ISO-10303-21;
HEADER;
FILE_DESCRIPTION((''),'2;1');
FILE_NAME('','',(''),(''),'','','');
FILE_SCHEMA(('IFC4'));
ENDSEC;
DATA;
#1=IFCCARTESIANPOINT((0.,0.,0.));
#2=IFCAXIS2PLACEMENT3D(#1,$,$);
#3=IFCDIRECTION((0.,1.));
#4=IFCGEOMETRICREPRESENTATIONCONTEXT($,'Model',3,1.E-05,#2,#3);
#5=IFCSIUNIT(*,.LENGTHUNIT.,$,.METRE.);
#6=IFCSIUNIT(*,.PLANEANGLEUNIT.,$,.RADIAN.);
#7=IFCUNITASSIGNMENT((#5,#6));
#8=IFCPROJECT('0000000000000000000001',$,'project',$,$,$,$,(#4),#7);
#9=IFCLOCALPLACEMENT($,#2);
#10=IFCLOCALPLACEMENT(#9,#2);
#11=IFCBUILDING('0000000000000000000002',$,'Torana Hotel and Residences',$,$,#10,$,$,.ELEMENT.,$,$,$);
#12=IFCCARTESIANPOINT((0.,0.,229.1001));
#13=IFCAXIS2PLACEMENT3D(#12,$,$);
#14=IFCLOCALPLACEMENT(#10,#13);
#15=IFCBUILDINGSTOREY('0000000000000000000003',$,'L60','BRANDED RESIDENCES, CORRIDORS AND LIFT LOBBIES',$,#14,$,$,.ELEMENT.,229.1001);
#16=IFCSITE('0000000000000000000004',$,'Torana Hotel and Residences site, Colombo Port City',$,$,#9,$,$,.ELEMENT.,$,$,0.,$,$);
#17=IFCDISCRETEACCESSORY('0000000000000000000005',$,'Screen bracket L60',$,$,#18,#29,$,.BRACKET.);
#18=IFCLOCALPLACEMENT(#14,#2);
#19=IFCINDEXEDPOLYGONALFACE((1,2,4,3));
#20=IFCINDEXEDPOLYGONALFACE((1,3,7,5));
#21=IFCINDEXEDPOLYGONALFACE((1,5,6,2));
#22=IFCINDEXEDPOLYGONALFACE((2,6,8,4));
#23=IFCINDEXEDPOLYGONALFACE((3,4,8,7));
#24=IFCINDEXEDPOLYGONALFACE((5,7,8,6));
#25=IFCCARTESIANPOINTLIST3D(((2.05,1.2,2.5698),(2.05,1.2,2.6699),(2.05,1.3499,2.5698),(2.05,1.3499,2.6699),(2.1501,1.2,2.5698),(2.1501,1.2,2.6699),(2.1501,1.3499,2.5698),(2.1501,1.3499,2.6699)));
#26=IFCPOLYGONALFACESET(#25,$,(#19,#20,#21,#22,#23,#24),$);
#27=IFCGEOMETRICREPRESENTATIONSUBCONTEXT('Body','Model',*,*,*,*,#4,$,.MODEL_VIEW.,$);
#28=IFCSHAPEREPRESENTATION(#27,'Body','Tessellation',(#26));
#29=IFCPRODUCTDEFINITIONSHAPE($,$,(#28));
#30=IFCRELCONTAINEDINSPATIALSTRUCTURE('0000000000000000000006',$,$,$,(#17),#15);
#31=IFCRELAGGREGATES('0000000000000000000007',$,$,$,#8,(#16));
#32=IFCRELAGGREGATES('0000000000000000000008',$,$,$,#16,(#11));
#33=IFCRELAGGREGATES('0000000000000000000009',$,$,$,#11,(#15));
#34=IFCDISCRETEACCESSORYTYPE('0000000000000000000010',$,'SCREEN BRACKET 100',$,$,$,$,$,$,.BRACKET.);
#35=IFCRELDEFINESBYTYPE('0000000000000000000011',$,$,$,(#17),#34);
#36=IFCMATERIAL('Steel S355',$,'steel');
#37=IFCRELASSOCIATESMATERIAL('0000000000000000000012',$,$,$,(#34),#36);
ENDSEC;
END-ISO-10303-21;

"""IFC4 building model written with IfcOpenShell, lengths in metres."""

from ifc_helpers import new_model, si_unit, direction, frame, origin, origin_2d, place, context, subcontext, project, spatial, rectangle, extrude, material, type_object, element, save


model = new_model("IFC4")

# Units and contexts
model_context = context("Model", 3, precision=1e-05, world=origin(), true_north=direction((0.0, 1.0)))
body_context = subcontext(model_context, "Body", "Model", "MODEL_VIEW")
ifc_project = project(units=[si_unit("LENGTHUNIT", "METRE"), si_unit("PLANEANGLEUNIT", "RADIAN")], contexts=[model_context])

# Site, building, storey
site_placement = place(None, origin())
site = spatial("IfcSite", under=ifc_project, at=site_placement, Name="Torana Hotel and Residences site, Colombo Port City", CompositionType="ELEMENT", RefElevation=0.0)
building_placement = place(site_placement, origin())
building = spatial("IfcBuilding", under=site, at=building_placement, Name="Torana Hotel and Residences", CompositionType="ELEMENT")
storey_placement = place(building_placement, frame((0.0, 0.0, 229.1001)))
storey = spatial("IfcBuildingStorey", under=building, at=storey_placement, Name="L60", Description="BRANDED RESIDENCES, CORRIDORS AND LIFT LOBBIES", CompositionType="ELEMENT", Elevation=229.1001)

# Discrete accessory
ifc_material_1 = material(Name="Steel S355", Category="steel")
discrete_accessory_type = type_object("IfcDiscreteAccessoryType", Name="SCREEN BRACKET 100", PredefinedType="BRACKET", material=ifc_material_1)
for number, where, z_axis, x_axis, name in (
    (1, (2.1001, 1.2749, 2.5698), (0.0, 0.0, 1.0), (-1.0, 0.0, 0.0), "Screen bracket L60"),
):
    element("IfcDiscreteAccessory", number, at=place(storey_placement, frame(where, z_axis=z_axis, x_axis=x_axis)), inside=storey, type_object=discrete_accessory_type, Name=name, PredefinedType="BRACKET", context=body_context, shape_type="SweptSolid", body=[
        extrude(rectangle(XDim=0.1001, YDim=0.1499, at=origin_2d()), origin(), (0.0, 0.0, 1.0), 0.1001),
    ])

save(model, "model.ifc")
